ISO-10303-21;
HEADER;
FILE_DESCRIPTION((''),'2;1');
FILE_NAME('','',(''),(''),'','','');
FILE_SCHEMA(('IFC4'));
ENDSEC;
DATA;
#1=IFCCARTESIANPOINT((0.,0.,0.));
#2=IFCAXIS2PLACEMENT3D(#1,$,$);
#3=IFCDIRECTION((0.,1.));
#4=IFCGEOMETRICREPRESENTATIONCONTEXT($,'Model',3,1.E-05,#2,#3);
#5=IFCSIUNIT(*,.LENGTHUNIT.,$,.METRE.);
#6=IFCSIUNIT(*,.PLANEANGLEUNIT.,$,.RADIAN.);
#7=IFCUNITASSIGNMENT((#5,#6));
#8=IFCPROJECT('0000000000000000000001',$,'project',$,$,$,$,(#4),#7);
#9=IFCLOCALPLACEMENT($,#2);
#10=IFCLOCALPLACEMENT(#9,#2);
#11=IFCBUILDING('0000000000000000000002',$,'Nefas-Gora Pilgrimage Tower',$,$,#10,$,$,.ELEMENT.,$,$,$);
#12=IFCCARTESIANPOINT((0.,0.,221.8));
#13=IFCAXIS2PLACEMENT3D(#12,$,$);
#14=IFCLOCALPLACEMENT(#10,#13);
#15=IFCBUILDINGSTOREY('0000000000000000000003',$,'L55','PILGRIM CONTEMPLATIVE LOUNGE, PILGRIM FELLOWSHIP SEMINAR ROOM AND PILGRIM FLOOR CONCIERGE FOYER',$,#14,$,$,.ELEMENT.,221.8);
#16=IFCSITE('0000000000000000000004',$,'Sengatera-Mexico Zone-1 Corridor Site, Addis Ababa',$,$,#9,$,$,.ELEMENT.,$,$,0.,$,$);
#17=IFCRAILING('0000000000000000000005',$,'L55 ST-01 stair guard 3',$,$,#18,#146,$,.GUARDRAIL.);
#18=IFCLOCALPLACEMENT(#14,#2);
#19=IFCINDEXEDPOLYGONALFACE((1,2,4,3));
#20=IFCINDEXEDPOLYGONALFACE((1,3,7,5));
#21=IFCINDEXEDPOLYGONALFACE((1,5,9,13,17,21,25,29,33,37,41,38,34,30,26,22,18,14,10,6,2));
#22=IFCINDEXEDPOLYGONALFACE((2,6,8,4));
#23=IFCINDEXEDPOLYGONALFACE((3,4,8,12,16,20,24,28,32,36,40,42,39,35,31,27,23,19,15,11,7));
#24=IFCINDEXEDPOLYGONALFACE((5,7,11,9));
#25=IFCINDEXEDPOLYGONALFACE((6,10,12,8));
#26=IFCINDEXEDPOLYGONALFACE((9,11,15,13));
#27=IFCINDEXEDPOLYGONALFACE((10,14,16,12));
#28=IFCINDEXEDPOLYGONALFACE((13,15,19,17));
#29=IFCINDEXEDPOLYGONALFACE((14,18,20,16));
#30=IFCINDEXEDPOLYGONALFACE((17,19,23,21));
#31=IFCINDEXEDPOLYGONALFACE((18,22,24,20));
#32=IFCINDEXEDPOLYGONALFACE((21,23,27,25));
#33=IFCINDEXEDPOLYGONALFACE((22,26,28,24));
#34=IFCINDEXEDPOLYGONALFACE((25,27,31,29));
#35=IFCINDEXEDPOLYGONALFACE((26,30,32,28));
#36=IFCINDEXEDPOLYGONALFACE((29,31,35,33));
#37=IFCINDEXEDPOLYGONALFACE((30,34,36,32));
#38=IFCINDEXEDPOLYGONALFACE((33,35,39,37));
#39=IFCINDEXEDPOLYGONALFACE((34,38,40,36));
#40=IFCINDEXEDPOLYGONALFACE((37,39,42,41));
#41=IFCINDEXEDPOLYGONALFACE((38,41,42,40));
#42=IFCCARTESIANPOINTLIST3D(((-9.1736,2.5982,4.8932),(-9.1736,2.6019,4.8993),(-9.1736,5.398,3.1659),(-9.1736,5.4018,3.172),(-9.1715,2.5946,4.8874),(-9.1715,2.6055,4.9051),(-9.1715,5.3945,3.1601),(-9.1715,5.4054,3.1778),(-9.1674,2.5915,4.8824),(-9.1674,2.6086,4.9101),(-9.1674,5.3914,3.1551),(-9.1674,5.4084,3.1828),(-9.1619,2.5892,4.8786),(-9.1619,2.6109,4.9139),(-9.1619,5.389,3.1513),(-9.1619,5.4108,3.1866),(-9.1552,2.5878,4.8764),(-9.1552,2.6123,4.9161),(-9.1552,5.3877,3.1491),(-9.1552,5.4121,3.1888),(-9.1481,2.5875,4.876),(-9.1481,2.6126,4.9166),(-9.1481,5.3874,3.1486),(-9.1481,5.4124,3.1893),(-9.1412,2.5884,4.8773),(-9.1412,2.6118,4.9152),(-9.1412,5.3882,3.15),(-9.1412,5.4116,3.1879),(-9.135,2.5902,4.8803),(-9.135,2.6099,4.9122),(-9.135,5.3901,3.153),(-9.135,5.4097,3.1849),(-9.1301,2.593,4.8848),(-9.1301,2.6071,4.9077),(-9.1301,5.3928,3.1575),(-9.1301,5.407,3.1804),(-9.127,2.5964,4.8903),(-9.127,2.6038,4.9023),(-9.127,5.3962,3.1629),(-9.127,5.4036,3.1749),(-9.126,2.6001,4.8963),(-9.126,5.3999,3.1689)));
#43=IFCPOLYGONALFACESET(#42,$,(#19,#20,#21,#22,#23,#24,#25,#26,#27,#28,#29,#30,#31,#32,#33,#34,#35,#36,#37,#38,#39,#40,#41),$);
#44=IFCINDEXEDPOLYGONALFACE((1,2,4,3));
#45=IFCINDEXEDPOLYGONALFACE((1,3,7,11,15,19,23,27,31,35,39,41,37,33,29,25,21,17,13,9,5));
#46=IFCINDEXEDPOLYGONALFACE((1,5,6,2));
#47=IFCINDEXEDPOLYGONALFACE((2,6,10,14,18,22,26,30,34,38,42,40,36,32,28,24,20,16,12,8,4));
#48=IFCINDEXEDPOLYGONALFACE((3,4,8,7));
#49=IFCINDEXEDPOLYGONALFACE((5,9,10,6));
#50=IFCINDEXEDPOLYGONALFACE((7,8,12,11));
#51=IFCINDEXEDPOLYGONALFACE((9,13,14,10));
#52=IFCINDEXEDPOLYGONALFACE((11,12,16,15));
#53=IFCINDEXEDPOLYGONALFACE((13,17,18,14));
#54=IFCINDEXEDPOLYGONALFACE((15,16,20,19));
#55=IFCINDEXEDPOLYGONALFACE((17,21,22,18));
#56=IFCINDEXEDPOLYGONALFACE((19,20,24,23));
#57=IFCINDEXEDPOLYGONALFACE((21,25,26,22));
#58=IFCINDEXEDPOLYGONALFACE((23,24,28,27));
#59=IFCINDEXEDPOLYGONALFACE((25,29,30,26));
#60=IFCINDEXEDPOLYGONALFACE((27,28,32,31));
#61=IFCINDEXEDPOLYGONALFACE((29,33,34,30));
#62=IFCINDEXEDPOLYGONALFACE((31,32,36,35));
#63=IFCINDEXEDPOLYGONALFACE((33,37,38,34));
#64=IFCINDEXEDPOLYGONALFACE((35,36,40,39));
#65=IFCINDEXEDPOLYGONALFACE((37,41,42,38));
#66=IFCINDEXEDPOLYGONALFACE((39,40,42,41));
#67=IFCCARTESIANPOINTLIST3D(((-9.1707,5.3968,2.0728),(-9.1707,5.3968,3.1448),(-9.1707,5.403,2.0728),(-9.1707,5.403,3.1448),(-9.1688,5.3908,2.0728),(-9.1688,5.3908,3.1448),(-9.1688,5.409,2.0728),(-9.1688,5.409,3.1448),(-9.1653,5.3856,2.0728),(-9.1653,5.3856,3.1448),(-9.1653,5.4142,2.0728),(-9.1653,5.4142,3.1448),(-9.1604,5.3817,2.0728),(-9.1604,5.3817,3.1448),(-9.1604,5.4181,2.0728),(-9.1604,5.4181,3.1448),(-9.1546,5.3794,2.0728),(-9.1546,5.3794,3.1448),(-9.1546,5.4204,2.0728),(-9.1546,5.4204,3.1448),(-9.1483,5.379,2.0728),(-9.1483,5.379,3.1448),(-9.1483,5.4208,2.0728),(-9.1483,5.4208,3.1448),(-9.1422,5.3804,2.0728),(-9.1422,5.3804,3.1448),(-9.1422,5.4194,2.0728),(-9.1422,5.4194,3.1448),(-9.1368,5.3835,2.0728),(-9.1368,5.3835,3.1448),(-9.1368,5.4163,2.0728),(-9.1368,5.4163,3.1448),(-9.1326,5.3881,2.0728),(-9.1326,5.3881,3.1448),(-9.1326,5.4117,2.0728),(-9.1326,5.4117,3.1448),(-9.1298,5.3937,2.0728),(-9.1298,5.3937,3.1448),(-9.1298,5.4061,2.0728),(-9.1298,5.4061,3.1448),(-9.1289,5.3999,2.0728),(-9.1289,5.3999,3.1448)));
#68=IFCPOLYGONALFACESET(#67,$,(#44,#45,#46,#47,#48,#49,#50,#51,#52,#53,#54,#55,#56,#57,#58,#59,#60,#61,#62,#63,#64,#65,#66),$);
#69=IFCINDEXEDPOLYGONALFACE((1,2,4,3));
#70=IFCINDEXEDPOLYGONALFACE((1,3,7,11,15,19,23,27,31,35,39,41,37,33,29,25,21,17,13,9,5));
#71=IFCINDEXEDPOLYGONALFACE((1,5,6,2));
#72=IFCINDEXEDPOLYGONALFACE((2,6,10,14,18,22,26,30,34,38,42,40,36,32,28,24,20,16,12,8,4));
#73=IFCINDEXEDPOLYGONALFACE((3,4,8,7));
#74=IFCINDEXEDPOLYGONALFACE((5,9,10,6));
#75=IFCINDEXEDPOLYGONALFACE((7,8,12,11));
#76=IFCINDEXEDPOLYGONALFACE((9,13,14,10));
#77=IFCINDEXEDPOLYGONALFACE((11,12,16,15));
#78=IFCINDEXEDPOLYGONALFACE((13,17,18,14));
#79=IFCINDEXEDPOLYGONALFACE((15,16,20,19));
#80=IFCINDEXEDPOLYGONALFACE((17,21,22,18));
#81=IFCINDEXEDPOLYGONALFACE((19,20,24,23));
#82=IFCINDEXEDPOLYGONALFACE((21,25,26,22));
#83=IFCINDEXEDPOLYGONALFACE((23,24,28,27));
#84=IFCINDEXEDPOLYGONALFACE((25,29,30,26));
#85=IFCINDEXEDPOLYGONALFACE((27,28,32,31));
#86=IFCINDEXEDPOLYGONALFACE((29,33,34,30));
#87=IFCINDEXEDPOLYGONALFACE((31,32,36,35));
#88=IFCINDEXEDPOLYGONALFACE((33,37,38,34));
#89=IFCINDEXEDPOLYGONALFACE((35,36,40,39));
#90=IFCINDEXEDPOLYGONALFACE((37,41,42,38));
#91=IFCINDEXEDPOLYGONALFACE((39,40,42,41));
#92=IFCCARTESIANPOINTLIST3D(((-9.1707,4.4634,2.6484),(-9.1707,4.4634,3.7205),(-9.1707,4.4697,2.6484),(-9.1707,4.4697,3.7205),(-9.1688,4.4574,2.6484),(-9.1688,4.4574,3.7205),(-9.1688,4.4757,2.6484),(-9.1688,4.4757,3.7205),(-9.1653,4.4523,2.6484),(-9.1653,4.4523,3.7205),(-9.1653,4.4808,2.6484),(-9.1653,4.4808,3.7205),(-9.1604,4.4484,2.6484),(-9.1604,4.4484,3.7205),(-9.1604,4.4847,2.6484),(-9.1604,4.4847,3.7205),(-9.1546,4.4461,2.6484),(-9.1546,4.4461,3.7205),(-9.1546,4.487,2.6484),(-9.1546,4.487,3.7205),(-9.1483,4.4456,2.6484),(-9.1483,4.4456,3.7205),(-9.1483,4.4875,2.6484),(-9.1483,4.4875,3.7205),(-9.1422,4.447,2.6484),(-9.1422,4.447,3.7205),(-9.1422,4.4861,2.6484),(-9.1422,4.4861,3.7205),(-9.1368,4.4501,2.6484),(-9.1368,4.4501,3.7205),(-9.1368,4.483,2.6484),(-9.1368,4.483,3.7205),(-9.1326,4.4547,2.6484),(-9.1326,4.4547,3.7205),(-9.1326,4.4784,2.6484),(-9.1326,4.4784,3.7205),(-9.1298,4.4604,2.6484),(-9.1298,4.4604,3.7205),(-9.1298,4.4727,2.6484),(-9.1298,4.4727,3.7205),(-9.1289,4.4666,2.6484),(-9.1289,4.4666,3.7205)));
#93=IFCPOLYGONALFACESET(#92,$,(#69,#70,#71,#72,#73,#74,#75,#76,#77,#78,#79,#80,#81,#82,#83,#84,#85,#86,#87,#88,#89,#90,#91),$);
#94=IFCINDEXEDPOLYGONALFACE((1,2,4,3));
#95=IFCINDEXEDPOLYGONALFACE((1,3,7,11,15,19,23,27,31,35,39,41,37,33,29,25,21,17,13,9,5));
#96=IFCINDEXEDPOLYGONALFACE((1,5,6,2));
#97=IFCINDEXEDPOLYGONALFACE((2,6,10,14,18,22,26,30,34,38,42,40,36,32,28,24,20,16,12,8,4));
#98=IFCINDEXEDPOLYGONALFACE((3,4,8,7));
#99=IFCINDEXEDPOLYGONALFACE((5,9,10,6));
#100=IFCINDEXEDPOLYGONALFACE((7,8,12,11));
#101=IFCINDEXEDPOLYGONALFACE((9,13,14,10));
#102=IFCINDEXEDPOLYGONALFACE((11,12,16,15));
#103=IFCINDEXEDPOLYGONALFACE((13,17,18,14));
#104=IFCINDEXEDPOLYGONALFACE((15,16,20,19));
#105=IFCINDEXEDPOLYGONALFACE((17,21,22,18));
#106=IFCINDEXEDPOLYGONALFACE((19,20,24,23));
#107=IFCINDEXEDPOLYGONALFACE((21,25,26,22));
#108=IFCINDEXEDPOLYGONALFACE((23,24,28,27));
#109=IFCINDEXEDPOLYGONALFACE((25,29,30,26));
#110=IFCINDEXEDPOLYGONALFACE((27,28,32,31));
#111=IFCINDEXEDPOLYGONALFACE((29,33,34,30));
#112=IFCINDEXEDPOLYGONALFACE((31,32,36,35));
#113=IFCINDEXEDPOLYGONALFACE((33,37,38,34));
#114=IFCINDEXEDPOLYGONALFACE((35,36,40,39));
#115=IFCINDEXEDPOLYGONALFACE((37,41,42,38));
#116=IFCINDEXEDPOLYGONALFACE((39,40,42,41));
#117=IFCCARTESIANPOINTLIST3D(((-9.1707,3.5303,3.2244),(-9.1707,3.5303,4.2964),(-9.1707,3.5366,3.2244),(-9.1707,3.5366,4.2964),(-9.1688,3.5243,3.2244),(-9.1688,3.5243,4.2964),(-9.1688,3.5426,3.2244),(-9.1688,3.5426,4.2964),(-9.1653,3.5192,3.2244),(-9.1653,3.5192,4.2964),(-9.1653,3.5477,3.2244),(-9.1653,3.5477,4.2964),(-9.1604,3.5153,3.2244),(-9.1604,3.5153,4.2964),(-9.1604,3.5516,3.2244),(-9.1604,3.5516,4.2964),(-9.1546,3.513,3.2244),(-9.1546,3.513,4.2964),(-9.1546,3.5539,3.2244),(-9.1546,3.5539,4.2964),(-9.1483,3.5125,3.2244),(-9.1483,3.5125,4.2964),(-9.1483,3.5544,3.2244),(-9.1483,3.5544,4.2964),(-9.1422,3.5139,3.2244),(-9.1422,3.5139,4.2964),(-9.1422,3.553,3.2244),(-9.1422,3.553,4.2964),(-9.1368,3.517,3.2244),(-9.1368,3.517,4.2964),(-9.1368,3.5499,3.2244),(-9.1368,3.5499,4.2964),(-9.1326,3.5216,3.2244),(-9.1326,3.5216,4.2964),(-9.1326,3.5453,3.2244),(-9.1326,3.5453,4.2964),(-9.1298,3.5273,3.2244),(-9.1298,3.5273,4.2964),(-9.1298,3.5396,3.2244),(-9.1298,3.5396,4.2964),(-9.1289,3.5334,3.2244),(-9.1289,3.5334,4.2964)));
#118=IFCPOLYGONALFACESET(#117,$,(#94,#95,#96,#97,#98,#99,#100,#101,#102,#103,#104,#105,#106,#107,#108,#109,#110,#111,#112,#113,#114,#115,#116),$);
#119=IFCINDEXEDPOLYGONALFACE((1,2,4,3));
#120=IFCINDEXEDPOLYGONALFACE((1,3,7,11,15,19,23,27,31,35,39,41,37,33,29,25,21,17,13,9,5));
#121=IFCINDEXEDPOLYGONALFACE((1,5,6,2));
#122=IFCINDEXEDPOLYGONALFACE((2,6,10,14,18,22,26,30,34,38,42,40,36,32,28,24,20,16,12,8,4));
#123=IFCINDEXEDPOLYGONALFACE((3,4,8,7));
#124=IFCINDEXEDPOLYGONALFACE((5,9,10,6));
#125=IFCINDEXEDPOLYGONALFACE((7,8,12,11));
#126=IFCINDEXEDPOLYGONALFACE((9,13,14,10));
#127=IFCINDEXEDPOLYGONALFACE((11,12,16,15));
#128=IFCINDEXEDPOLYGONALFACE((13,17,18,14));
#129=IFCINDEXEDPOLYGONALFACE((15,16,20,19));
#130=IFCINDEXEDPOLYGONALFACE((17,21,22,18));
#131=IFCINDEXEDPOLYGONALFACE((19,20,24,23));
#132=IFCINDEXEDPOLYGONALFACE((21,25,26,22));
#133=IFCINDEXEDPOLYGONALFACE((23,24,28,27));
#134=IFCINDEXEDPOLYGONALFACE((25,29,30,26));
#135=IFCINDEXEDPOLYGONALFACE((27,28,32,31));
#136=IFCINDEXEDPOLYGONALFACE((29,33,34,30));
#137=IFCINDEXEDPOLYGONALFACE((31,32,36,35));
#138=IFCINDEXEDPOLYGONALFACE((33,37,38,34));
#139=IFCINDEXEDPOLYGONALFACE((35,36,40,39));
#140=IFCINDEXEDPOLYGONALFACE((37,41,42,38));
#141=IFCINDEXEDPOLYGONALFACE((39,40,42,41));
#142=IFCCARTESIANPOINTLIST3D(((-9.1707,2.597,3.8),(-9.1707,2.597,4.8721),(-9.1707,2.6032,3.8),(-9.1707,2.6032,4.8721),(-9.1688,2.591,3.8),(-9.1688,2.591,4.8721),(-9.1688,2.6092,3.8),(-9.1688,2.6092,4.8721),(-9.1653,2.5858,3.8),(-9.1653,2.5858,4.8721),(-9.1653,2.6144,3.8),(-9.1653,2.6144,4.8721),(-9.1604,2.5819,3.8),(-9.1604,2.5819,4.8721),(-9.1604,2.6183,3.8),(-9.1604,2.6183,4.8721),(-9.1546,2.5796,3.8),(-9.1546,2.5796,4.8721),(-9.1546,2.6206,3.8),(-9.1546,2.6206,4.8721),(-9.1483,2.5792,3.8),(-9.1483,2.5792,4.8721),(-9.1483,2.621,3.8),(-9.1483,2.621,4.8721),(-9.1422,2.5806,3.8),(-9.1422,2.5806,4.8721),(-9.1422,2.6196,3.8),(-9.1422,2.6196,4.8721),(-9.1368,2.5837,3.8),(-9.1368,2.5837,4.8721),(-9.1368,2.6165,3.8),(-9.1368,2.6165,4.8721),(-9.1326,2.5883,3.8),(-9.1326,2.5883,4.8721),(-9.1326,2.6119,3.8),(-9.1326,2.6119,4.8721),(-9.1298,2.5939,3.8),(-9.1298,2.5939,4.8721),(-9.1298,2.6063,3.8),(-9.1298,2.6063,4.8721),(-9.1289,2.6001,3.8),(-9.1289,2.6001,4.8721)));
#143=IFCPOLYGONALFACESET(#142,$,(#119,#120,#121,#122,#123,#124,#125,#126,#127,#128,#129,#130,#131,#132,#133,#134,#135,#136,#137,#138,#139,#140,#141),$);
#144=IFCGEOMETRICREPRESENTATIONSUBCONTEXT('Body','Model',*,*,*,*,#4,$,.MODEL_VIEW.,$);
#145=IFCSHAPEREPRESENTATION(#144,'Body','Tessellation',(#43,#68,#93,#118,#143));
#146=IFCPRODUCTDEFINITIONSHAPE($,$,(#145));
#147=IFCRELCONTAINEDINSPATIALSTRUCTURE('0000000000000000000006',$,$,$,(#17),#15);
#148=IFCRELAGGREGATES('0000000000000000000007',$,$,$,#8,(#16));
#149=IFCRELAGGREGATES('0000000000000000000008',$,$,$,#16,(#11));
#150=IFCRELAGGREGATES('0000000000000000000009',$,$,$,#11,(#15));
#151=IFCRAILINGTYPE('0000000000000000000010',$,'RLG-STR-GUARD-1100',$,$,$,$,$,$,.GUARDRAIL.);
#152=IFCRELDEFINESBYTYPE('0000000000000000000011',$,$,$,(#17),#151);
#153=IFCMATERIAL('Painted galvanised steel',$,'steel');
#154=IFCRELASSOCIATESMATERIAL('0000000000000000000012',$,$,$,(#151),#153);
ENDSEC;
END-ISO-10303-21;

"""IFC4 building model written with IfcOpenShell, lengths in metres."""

from ifc_helpers import new_model, si_unit, direction, frame, origin, origin_2d, place, context, subcontext, project, spatial, circle, extrude, material, type_object, element, save


model = new_model("IFC4")

# Units and contexts
model_context = context("Model", 3, precision=1e-05, world=origin(), true_north=direction((0.0, 1.0)))
body_context = subcontext(model_context, "Body", "Model", "MODEL_VIEW")
ifc_project = project(units=[si_unit("LENGTHUNIT", "METRE"), si_unit("PLANEANGLEUNIT", "RADIAN")], contexts=[model_context])

# Site, building, storey
site_placement = place(None, origin())
site = spatial("IfcSite", under=ifc_project, at=site_placement, Name="Sengatera-Mexico Zone-1 Corridor Site, Addis Ababa", CompositionType="ELEMENT", RefElevation=0.0)
building_placement = place(site_placement, origin())
building = spatial("IfcBuilding", under=site, at=building_placement, Name="Nefas-Gora Pilgrimage Tower", CompositionType="ELEMENT")
storey_placement = place(building_placement, frame((0.0, 0.0, 221.8)))
storey = spatial("IfcBuildingStorey", under=building, at=storey_placement, Name="L55", Description="PILGRIM CONTEMPLATIVE LOUNGE, PILGRIM FELLOWSHIP SEMINAR ROOM AND PILGRIM FLOOR CONCIERGE FOYER", CompositionType="ELEMENT", Elevation=221.8)

# Railing
ifc_material_1 = material(Name="Painted galvanised steel", Category="steel")
railing_type_1 = type_object("IfcRailingType", Name="RLG-STR-GUARD-1100", PredefinedType="GUARDRAIL", material=ifc_material_1)
railing_1_placement = place(storey_placement, frame((-9.1499, 5.3999, 2.0728)))
element("IfcRailing", 1, at=railing_1_placement, inside=storey, type_object=railing_type_1, Name="L55 ST-01 stair guard 3", PredefinedType="GUARDRAIL", context=body_context, shape_type="SweptSolid", body=[
    extrude(circle(Radius=0.0239, at=origin_2d()), frame((0.0, 0.0, 1.0962), z_axis=(0.0, -0.851069, 0.525054), x_axis=(1.0, 0.0, 0.0)), (0.0, 0.0, 1.0), 3.2898),
    extrude(circle(Radius=0.021, at=origin_2d()), origin(), (0.0, 0.0, 1.0), 1.072),
    extrude(circle(Radius=0.021, at=origin_2d()), frame((0.0, -0.9333, 0.5757)), (0.0, 0.0, 1.0), 1.072),
    extrude(circle(Radius=0.021, at=origin_2d()), frame((0.0, -1.8665, 1.1516)), (0.0, 0.0, 1.0), 1.072),
    extrude(circle(Radius=0.021, at=origin_2d()), frame((0.0, -2.7998, 1.7273)), (0.0, 0.0, 1.0), 1.072),
])

save(model, "model.ifc")
